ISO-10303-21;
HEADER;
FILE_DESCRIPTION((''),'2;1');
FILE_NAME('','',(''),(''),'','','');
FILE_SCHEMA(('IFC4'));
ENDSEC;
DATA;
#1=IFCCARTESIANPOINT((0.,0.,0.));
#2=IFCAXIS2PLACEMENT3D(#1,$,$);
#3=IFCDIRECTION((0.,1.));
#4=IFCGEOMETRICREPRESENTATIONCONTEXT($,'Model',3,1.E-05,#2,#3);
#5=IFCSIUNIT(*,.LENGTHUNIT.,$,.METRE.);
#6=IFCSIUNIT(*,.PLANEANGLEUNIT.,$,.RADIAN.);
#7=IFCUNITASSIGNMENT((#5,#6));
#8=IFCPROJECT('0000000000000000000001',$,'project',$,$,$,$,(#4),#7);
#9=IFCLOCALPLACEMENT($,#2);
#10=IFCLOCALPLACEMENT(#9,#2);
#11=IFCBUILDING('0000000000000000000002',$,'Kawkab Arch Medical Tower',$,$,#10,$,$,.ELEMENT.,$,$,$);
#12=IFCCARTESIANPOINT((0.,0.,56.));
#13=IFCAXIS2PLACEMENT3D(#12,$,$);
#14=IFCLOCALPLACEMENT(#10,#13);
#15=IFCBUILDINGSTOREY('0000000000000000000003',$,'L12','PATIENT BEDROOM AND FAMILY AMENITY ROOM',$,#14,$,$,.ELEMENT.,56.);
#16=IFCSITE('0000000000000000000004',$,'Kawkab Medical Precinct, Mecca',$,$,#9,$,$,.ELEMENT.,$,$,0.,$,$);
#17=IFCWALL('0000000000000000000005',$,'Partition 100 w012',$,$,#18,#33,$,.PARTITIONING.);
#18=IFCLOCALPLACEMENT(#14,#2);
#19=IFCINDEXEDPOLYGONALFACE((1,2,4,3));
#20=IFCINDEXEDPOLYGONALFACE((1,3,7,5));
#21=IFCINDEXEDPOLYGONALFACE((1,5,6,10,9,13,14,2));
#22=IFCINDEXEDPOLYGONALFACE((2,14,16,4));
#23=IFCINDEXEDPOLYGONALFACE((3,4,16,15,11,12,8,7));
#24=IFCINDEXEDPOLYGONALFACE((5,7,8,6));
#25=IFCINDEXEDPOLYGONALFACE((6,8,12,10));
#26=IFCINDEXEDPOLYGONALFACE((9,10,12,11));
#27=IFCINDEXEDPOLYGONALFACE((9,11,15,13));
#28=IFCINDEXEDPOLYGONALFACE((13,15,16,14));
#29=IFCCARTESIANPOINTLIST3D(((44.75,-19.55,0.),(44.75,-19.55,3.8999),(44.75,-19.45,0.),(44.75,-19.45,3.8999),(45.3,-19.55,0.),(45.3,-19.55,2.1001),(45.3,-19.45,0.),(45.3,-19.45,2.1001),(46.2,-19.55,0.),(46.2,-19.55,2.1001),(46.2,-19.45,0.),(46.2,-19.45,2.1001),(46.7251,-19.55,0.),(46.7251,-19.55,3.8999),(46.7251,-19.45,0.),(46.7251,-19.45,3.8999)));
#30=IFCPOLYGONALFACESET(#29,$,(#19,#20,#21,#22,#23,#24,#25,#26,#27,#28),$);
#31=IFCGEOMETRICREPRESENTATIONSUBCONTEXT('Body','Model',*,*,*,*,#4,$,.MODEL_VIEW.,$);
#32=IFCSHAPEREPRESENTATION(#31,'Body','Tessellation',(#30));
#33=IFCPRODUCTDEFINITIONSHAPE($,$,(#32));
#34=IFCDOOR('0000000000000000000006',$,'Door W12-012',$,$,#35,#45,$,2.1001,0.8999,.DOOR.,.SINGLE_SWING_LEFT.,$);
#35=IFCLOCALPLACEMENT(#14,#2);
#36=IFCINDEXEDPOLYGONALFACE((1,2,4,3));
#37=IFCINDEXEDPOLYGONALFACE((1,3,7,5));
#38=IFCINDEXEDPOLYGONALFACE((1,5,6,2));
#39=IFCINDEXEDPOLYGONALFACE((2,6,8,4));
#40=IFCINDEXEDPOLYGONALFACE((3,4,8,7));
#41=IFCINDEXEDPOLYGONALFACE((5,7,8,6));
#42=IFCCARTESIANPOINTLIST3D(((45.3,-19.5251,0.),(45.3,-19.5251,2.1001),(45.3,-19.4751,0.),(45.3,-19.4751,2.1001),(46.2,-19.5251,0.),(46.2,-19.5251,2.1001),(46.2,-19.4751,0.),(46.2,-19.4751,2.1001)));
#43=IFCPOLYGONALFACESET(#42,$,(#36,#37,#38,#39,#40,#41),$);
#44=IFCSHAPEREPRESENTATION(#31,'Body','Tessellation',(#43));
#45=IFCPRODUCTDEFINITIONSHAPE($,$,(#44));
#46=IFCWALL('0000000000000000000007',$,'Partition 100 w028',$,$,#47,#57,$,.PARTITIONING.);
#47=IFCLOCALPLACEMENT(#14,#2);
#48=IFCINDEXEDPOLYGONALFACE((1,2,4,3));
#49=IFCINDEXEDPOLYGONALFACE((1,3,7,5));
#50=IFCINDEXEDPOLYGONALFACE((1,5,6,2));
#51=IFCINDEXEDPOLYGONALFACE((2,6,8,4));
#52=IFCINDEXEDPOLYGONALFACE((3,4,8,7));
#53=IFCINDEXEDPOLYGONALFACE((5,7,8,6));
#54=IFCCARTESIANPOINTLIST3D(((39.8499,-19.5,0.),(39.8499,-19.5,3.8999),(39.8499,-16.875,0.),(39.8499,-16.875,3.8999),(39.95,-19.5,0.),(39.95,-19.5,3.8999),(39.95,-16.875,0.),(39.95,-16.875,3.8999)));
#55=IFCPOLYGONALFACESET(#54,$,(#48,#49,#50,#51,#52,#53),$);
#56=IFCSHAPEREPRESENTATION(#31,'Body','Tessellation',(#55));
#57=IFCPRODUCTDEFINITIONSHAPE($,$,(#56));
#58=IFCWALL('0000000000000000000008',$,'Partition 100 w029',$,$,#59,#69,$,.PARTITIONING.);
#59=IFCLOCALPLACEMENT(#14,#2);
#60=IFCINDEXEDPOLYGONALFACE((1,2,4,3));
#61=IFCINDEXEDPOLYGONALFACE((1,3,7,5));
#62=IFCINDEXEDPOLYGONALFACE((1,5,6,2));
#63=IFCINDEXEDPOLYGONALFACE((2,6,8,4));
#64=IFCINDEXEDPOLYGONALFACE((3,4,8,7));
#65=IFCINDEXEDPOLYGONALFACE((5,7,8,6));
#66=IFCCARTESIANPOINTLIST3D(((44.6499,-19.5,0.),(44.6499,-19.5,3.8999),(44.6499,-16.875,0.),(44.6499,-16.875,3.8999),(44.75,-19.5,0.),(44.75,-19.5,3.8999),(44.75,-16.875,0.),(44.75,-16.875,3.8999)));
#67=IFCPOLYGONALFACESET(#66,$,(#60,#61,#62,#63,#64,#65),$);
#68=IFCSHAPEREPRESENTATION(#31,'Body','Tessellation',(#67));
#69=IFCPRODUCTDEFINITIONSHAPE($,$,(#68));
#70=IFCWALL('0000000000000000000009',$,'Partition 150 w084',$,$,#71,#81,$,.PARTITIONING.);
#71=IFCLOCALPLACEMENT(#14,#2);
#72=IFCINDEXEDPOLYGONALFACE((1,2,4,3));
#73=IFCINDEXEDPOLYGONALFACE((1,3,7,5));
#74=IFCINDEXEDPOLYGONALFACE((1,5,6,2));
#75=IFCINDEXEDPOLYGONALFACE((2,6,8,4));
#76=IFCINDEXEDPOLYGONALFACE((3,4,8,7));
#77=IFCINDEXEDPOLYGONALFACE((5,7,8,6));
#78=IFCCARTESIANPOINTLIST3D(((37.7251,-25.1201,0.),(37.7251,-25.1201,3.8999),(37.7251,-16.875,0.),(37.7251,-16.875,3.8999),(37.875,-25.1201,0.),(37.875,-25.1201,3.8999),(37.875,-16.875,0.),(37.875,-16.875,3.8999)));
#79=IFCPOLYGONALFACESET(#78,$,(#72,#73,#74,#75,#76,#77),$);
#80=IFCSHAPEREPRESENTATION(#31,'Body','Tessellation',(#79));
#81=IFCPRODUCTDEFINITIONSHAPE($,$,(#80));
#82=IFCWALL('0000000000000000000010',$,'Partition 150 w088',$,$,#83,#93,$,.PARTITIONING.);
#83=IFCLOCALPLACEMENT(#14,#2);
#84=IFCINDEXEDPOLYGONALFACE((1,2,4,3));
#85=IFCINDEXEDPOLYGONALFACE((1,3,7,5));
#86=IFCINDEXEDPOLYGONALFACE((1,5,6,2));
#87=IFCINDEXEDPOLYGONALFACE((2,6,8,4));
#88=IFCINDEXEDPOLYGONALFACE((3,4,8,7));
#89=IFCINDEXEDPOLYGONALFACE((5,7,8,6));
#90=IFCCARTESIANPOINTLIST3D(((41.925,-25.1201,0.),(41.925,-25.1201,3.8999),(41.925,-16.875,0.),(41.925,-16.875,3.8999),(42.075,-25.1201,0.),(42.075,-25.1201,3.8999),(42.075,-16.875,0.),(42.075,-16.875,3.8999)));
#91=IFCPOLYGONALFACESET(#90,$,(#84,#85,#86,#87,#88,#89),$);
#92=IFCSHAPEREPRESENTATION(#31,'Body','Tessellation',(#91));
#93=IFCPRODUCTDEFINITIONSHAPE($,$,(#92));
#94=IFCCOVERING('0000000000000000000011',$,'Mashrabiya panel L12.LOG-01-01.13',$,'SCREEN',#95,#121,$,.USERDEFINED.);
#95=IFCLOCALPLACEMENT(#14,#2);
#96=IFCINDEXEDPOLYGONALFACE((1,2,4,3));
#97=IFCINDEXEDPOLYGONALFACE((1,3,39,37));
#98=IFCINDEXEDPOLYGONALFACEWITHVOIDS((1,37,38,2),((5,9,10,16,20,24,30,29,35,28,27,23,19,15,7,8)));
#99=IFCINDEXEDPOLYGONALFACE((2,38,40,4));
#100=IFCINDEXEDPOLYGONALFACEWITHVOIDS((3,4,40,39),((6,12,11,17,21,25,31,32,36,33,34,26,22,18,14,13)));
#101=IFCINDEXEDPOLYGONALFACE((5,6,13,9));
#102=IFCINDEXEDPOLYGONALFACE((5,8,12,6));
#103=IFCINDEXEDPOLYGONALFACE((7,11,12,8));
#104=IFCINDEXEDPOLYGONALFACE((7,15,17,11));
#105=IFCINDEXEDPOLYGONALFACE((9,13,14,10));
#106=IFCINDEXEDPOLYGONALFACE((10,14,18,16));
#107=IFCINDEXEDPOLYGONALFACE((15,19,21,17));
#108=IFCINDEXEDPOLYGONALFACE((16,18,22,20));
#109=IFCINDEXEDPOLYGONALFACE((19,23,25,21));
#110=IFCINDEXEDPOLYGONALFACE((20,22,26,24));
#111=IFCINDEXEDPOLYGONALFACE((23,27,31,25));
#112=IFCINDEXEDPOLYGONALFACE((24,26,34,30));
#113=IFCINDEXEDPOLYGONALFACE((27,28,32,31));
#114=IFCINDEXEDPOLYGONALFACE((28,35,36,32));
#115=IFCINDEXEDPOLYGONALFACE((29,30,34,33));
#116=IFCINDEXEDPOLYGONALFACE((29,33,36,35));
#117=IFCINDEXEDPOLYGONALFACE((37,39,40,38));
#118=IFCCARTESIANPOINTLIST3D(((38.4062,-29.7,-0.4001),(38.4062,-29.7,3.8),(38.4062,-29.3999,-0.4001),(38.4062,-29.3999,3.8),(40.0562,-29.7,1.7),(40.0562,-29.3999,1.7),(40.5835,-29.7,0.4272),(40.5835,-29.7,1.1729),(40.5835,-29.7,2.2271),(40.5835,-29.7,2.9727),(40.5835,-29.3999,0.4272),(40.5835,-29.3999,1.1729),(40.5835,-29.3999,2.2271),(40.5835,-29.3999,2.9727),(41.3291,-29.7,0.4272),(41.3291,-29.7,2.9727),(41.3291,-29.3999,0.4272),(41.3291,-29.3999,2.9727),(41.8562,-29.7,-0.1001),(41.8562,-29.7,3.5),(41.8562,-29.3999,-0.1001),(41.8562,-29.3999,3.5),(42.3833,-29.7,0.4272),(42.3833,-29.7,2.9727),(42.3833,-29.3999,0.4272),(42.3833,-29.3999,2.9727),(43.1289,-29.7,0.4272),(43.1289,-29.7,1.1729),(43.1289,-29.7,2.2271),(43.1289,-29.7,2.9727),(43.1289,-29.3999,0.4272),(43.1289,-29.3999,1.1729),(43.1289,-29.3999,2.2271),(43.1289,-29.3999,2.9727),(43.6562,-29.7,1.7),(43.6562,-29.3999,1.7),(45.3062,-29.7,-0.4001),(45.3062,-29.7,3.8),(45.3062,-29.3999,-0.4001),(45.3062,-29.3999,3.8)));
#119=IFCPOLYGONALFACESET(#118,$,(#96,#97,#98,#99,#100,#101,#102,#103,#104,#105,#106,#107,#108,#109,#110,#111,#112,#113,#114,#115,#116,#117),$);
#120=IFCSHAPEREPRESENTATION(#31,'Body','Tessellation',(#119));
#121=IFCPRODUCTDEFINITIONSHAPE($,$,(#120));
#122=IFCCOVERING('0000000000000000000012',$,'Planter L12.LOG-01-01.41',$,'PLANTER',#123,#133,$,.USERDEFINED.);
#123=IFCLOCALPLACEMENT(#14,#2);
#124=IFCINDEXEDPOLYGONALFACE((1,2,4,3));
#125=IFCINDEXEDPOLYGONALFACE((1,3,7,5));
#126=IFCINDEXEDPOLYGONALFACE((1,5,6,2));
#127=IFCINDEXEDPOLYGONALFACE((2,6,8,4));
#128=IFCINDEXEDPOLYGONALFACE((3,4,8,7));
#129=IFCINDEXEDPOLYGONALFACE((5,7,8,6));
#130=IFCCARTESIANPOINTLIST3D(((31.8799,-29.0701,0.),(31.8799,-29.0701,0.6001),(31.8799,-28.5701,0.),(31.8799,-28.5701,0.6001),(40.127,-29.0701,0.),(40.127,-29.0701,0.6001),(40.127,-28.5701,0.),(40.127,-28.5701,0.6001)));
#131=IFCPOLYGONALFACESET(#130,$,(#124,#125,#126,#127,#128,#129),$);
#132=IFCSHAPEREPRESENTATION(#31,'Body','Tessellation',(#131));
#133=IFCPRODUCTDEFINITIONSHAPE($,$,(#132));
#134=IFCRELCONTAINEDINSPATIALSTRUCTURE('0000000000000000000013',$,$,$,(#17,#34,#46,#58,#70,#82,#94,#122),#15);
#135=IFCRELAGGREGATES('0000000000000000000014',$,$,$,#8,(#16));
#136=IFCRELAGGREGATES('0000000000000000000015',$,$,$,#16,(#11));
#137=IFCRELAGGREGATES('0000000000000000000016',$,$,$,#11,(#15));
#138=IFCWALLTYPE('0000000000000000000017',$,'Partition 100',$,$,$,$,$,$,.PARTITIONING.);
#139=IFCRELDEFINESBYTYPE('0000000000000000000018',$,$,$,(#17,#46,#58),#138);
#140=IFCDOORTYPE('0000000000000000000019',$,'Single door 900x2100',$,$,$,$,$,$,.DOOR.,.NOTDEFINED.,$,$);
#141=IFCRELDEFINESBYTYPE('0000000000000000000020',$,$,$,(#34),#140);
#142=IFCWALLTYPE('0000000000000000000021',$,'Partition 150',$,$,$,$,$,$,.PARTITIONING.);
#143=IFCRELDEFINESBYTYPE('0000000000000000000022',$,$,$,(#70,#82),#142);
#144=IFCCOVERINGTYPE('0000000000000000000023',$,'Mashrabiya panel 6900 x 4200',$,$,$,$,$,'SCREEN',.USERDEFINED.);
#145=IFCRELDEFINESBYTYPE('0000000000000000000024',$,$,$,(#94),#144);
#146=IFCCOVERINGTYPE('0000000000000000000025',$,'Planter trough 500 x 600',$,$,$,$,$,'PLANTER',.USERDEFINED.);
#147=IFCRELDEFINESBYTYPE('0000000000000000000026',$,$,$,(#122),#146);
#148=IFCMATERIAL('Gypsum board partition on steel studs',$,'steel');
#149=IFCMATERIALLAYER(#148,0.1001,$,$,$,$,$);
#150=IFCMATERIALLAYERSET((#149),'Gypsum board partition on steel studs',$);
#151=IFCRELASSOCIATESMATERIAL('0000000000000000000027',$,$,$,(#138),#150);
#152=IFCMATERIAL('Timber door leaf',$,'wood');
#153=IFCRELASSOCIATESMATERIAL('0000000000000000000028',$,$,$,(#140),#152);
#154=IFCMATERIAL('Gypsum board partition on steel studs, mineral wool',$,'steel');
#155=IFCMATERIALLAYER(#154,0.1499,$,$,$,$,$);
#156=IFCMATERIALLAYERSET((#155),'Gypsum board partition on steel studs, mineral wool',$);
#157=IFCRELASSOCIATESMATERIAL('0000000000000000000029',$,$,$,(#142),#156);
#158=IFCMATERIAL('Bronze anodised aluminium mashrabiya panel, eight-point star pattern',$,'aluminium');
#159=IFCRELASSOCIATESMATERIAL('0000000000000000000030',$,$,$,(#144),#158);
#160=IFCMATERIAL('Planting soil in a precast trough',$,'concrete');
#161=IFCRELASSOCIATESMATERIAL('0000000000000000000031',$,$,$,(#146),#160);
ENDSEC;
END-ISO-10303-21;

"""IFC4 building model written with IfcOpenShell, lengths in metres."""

from ifc_helpers import new_model, si_unit, direction, frame, frame_2d, origin, origin_2d, place, context, subcontext, project, spatial, polyline, rectangle, outline, extrude, material, layer, layer_set, material_profile, profile_set, type_object, element, fill, save


model = new_model("IFC4")

# Units and contexts
model_context = context("Model", 3, precision=1e-05, world=origin(), true_north=direction((0.0, 1.0)))
body_context = subcontext(model_context, "Body", "Model", "MODEL_VIEW")
ifc_project = project(units=[si_unit("LENGTHUNIT", "METRE"), si_unit("PLANEANGLEUNIT", "RADIAN")], contexts=[model_context])

# Site, building, storey
site_placement = place(None, origin())
site = spatial("IfcSite", under=ifc_project, at=site_placement, Name="Kawkab Medical Precinct, Mecca", CompositionType="ELEMENT", RefElevation=0.0)
building_placement = place(site_placement, origin())
building = spatial("IfcBuilding", under=site, at=building_placement, Name="Kawkab Arch Medical Tower", CompositionType="ELEMENT")
storey_placement = place(building_placement, frame((0.0, 0.0, 56.0)))
storey = spatial("IfcBuildingStorey", under=building, at=storey_placement, Name="L12", Description="PATIENT BEDROOM AND FAMILY AMENITY ROOM", CompositionType="ELEMENT", Elevation=56.0)

# Wall, opening, door
ifc_material_1 = material(Name="Gypsum board partition on steel studs", Category="steel")
ifc_layer_1 = layer(ifc_material_1, 0.1001)
ifc_layer_set_1 = layer_set([ifc_layer_1], Name="Gypsum board partition on steel studs")
wall_type_1 = type_object("IfcWallType", Name="Partition 100", PredefinedType="PARTITIONING", material=ifc_layer_set_1)
ifc_material_2 = material(Name="Timber door leaf", Category="wood")
door_type_1 = type_object("IfcDoorType", Name="Single door 900x2100", OperationType="NOTDEFINED", PredefinedType="DOOR", material=ifc_material_2)
wall_1_placement = place(storey_placement, frame((44.75, -19.5, 0.0), z_axis=(0.0, 0.0, 1.0), x_axis=(1.0, 0.0, 0.0)))
wall_1 = element("IfcWall", 1, at=wall_1_placement, inside=storey, type_object=wall_type_1, Name="Partition 100 w012", PredefinedType="PARTITIONING", context=body_context, shape_type="SweptSolid", body=[
    extrude(rectangle(XDim=1.9751, YDim=0.1001, at=frame_2d((0.9875, 0.0))), origin(), (0.0, 0.0, 1.0), 3.8999),
])
opening_1_placement = place(wall_1_placement, frame((0.55, 0.0, 0.0)))
opening_1 = element("IfcOpeningElement", 2, at=opening_1_placement, cuts=wall_1, PredefinedType="OPENING", context=body_context, shape_type="SweptSolid", body=[
    extrude(rectangle(XDim=0.8999, YDim=2.1001, at=frame_2d((0.45, 1.05))), frame((0.0, 0.0601, 0.0), z_axis=(0.0, -1.0, 0.0), x_axis=(1.0, 0.0, 0.0)), (0.0, 0.0, 1.0), 0.1201),
])
door_1_placement = place(opening_1_placement, origin())
door_1 = element("IfcDoor", 3, at=door_1_placement, inside=storey, type_object=door_type_1, Name="Door W12-012", OperationType="SINGLE_SWING_LEFT", OverallHeight=2.1001, OverallWidth=0.8999, PredefinedType="DOOR", context=body_context, shape_type="SweptSolid", body=[
    extrude(rectangle(XDim=0.8999, YDim=2.1001, at=frame_2d((0.45, 1.05))), frame((0.0, 0.0249, 0.0), z_axis=(0.0, -1.0, 0.0), x_axis=(1.0, 0.0, 0.0)), (0.0, 0.0, 1.0), 0.05),
])
fill(opening_1, door_1)

# Walls
for number, where, z_axis, x_axis, name in (
    (4, (39.8999, -19.5, 0.0), (0.0, 0.0, 1.0), (0.0, 1.0, 0.0), "Partition 100 w028"),
    (5, (44.7, -19.5, 0.0), (0.0, 0.0, 1.0), (0.0, 1.0, 0.0), "Partition 100 w029"),
):
    element("IfcWall", number, at=place(storey_placement, frame(where, z_axis=z_axis, x_axis=x_axis)), inside=storey, type_object=wall_type_1, Name=name, PredefinedType="PARTITIONING", context=body_context, shape_type="SweptSolid", body=[
        extrude(rectangle(XDim=2.625, YDim=0.1001, at=frame_2d((1.3125, 0.0))), origin(), (0.0, 0.0, 1.0), 3.8999),
    ])
ifc_material_3 = material(Name="Gypsum board partition on steel studs, mineral wool", Category="steel")
ifc_layer_2 = layer(ifc_material_3, 0.1499)
ifc_layer_set_2 = layer_set([ifc_layer_2], Name="Gypsum board partition on steel studs, mineral wool")
wall_type_2 = type_object("IfcWallType", Name="Partition 150", PredefinedType="PARTITIONING", material=ifc_layer_set_2)
for number, where, z_axis, x_axis, name in (
    (6, (37.8, -25.1201, 0.0), (0.0, 0.0, 1.0), (0.0, 1.0, 0.0), "Partition 150 w084"),
    (7, (42.0, -25.1201, 0.0), (0.0, 0.0, 1.0), (0.0, 1.0, 0.0), "Partition 150 w088"),
):
    element("IfcWall", number, at=place(storey_placement, frame(where, z_axis=z_axis, x_axis=x_axis)), inside=storey, type_object=wall_type_2, Name=name, PredefinedType="PARTITIONING", context=body_context, shape_type="SweptSolid", body=[
        extrude(rectangle(XDim=8.2451, YDim=0.1499, at=frame_2d((4.1226, 0.0))), origin(), (0.0, 0.0, 1.0), 3.8999),
    ])

# Coverings
ifc_material_4 = material(Name="Bronze anodised aluminium mashrabiya panel, eight-point star pattern", Category="aluminium")
ifc_material_profile_1 = material_profile(ifc_material_4, outline(polyline([(-3.45, -2.1001), (3.45, -2.1001), (3.45, 2.1001), (-3.45, 2.1001), (-3.45, -2.1001)]), holes=[polyline([(1.8, 0.0), (1.2727, 0.5271), (1.2727, 1.2727), (0.5271, 1.2727), (0.0, 1.8), (-0.5271, 1.2727), (-1.2727, 1.2727), (-1.2727, 0.5271), (-1.8, 0.0), (-1.2727, -0.5271), (-1.2727, -1.2727), (-0.5271, -1.2727), (0.0, -1.8), (0.5271, -1.2727), (1.2727, -1.2727), (1.2727, -0.5271), (1.8, 0.0)])]), Name="Mashrabiya panel 6900x4200")
ifc_profile_set_1 = profile_set([ifc_material_profile_1], Name="Bronze anodised aluminium mashrabiya panel, eight-point star pattern")
covering_type_1 = type_object("IfcCoveringType", Name="Mashrabiya panel 6900 x 4200", ElementType="SCREEN", PredefinedType="USERDEFINED", material=ifc_profile_set_1)
covering_1_placement = place(storey_placement, frame((41.8562, -29.3999, 1.7), z_axis=(0.0, -1.0, 0.0), x_axis=(1.0, 0.0, 0.0)))
element("IfcCovering", 8, at=covering_1_placement, inside=storey, type_object=covering_type_1, Name="Mashrabiya panel L12.LOG-01-01.13", ObjectType="SCREEN", PredefinedType="USERDEFINED", context=body_context, shape_type="SweptSolid", body=[
    extrude(outline(polyline([(-3.45, -2.1001), (3.45, -2.1001), (3.45, 2.1001), (-3.45, 2.1001), (-3.45, -2.1001)]), holes=[polyline([(1.8, 0.0), (1.2727, 0.5271), (1.2727, 1.2727), (0.5271, 1.2727), (0.0, 1.8), (-0.5271, 1.2727), (-1.2727, 1.2727), (-1.2727, 0.5271), (-1.8, 0.0), (-1.2727, -0.5271), (-1.2727, -1.2727), (-0.5271, -1.2727), (0.0, -1.8), (0.5271, -1.2727), (1.2727, -1.2727), (1.2727, -0.5271), (1.8, 0.0)])]), origin(), (0.0, 0.0, 1.0), 0.3),
])
ifc_material_5 = material(Name="Planting soil in a precast trough", Category="concrete")
ifc_material_profile_2 = material_profile(ifc_material_5, rectangle(XDim=0.5, YDim=0.6001, at=origin_2d()), Name="Trough 500x600")
ifc_profile_set_2 = profile_set([ifc_material_profile_2], Name="Planting soil in a precast trough")
covering_type_2 = type_object("IfcCoveringType", Name="Planter trough 500 x 600", ElementType="PLANTER", PredefinedType="USERDEFINED", material=ifc_profile_set_2)
covering_2_placement = place(storey_placement, frame((40.127, -28.8201, 0.3), z_axis=(-1.0, 0.0, 0.0), x_axis=(0.0, -1.0, 0.0)))
element("IfcCovering", 9, at=covering_2_placement, inside=storey, type_object=covering_type_2, Name="Planter L12.LOG-01-01.41", ObjectType="PLANTER", PredefinedType="USERDEFINED", context=body_context, shape_type="SweptSolid", body=[
    extrude(rectangle(XDim=0.5, YDim=0.6001, at=origin_2d()), origin(), (0.0, 0.0, 1.0), 8.2471),
])

save(model, "model.ifc")
